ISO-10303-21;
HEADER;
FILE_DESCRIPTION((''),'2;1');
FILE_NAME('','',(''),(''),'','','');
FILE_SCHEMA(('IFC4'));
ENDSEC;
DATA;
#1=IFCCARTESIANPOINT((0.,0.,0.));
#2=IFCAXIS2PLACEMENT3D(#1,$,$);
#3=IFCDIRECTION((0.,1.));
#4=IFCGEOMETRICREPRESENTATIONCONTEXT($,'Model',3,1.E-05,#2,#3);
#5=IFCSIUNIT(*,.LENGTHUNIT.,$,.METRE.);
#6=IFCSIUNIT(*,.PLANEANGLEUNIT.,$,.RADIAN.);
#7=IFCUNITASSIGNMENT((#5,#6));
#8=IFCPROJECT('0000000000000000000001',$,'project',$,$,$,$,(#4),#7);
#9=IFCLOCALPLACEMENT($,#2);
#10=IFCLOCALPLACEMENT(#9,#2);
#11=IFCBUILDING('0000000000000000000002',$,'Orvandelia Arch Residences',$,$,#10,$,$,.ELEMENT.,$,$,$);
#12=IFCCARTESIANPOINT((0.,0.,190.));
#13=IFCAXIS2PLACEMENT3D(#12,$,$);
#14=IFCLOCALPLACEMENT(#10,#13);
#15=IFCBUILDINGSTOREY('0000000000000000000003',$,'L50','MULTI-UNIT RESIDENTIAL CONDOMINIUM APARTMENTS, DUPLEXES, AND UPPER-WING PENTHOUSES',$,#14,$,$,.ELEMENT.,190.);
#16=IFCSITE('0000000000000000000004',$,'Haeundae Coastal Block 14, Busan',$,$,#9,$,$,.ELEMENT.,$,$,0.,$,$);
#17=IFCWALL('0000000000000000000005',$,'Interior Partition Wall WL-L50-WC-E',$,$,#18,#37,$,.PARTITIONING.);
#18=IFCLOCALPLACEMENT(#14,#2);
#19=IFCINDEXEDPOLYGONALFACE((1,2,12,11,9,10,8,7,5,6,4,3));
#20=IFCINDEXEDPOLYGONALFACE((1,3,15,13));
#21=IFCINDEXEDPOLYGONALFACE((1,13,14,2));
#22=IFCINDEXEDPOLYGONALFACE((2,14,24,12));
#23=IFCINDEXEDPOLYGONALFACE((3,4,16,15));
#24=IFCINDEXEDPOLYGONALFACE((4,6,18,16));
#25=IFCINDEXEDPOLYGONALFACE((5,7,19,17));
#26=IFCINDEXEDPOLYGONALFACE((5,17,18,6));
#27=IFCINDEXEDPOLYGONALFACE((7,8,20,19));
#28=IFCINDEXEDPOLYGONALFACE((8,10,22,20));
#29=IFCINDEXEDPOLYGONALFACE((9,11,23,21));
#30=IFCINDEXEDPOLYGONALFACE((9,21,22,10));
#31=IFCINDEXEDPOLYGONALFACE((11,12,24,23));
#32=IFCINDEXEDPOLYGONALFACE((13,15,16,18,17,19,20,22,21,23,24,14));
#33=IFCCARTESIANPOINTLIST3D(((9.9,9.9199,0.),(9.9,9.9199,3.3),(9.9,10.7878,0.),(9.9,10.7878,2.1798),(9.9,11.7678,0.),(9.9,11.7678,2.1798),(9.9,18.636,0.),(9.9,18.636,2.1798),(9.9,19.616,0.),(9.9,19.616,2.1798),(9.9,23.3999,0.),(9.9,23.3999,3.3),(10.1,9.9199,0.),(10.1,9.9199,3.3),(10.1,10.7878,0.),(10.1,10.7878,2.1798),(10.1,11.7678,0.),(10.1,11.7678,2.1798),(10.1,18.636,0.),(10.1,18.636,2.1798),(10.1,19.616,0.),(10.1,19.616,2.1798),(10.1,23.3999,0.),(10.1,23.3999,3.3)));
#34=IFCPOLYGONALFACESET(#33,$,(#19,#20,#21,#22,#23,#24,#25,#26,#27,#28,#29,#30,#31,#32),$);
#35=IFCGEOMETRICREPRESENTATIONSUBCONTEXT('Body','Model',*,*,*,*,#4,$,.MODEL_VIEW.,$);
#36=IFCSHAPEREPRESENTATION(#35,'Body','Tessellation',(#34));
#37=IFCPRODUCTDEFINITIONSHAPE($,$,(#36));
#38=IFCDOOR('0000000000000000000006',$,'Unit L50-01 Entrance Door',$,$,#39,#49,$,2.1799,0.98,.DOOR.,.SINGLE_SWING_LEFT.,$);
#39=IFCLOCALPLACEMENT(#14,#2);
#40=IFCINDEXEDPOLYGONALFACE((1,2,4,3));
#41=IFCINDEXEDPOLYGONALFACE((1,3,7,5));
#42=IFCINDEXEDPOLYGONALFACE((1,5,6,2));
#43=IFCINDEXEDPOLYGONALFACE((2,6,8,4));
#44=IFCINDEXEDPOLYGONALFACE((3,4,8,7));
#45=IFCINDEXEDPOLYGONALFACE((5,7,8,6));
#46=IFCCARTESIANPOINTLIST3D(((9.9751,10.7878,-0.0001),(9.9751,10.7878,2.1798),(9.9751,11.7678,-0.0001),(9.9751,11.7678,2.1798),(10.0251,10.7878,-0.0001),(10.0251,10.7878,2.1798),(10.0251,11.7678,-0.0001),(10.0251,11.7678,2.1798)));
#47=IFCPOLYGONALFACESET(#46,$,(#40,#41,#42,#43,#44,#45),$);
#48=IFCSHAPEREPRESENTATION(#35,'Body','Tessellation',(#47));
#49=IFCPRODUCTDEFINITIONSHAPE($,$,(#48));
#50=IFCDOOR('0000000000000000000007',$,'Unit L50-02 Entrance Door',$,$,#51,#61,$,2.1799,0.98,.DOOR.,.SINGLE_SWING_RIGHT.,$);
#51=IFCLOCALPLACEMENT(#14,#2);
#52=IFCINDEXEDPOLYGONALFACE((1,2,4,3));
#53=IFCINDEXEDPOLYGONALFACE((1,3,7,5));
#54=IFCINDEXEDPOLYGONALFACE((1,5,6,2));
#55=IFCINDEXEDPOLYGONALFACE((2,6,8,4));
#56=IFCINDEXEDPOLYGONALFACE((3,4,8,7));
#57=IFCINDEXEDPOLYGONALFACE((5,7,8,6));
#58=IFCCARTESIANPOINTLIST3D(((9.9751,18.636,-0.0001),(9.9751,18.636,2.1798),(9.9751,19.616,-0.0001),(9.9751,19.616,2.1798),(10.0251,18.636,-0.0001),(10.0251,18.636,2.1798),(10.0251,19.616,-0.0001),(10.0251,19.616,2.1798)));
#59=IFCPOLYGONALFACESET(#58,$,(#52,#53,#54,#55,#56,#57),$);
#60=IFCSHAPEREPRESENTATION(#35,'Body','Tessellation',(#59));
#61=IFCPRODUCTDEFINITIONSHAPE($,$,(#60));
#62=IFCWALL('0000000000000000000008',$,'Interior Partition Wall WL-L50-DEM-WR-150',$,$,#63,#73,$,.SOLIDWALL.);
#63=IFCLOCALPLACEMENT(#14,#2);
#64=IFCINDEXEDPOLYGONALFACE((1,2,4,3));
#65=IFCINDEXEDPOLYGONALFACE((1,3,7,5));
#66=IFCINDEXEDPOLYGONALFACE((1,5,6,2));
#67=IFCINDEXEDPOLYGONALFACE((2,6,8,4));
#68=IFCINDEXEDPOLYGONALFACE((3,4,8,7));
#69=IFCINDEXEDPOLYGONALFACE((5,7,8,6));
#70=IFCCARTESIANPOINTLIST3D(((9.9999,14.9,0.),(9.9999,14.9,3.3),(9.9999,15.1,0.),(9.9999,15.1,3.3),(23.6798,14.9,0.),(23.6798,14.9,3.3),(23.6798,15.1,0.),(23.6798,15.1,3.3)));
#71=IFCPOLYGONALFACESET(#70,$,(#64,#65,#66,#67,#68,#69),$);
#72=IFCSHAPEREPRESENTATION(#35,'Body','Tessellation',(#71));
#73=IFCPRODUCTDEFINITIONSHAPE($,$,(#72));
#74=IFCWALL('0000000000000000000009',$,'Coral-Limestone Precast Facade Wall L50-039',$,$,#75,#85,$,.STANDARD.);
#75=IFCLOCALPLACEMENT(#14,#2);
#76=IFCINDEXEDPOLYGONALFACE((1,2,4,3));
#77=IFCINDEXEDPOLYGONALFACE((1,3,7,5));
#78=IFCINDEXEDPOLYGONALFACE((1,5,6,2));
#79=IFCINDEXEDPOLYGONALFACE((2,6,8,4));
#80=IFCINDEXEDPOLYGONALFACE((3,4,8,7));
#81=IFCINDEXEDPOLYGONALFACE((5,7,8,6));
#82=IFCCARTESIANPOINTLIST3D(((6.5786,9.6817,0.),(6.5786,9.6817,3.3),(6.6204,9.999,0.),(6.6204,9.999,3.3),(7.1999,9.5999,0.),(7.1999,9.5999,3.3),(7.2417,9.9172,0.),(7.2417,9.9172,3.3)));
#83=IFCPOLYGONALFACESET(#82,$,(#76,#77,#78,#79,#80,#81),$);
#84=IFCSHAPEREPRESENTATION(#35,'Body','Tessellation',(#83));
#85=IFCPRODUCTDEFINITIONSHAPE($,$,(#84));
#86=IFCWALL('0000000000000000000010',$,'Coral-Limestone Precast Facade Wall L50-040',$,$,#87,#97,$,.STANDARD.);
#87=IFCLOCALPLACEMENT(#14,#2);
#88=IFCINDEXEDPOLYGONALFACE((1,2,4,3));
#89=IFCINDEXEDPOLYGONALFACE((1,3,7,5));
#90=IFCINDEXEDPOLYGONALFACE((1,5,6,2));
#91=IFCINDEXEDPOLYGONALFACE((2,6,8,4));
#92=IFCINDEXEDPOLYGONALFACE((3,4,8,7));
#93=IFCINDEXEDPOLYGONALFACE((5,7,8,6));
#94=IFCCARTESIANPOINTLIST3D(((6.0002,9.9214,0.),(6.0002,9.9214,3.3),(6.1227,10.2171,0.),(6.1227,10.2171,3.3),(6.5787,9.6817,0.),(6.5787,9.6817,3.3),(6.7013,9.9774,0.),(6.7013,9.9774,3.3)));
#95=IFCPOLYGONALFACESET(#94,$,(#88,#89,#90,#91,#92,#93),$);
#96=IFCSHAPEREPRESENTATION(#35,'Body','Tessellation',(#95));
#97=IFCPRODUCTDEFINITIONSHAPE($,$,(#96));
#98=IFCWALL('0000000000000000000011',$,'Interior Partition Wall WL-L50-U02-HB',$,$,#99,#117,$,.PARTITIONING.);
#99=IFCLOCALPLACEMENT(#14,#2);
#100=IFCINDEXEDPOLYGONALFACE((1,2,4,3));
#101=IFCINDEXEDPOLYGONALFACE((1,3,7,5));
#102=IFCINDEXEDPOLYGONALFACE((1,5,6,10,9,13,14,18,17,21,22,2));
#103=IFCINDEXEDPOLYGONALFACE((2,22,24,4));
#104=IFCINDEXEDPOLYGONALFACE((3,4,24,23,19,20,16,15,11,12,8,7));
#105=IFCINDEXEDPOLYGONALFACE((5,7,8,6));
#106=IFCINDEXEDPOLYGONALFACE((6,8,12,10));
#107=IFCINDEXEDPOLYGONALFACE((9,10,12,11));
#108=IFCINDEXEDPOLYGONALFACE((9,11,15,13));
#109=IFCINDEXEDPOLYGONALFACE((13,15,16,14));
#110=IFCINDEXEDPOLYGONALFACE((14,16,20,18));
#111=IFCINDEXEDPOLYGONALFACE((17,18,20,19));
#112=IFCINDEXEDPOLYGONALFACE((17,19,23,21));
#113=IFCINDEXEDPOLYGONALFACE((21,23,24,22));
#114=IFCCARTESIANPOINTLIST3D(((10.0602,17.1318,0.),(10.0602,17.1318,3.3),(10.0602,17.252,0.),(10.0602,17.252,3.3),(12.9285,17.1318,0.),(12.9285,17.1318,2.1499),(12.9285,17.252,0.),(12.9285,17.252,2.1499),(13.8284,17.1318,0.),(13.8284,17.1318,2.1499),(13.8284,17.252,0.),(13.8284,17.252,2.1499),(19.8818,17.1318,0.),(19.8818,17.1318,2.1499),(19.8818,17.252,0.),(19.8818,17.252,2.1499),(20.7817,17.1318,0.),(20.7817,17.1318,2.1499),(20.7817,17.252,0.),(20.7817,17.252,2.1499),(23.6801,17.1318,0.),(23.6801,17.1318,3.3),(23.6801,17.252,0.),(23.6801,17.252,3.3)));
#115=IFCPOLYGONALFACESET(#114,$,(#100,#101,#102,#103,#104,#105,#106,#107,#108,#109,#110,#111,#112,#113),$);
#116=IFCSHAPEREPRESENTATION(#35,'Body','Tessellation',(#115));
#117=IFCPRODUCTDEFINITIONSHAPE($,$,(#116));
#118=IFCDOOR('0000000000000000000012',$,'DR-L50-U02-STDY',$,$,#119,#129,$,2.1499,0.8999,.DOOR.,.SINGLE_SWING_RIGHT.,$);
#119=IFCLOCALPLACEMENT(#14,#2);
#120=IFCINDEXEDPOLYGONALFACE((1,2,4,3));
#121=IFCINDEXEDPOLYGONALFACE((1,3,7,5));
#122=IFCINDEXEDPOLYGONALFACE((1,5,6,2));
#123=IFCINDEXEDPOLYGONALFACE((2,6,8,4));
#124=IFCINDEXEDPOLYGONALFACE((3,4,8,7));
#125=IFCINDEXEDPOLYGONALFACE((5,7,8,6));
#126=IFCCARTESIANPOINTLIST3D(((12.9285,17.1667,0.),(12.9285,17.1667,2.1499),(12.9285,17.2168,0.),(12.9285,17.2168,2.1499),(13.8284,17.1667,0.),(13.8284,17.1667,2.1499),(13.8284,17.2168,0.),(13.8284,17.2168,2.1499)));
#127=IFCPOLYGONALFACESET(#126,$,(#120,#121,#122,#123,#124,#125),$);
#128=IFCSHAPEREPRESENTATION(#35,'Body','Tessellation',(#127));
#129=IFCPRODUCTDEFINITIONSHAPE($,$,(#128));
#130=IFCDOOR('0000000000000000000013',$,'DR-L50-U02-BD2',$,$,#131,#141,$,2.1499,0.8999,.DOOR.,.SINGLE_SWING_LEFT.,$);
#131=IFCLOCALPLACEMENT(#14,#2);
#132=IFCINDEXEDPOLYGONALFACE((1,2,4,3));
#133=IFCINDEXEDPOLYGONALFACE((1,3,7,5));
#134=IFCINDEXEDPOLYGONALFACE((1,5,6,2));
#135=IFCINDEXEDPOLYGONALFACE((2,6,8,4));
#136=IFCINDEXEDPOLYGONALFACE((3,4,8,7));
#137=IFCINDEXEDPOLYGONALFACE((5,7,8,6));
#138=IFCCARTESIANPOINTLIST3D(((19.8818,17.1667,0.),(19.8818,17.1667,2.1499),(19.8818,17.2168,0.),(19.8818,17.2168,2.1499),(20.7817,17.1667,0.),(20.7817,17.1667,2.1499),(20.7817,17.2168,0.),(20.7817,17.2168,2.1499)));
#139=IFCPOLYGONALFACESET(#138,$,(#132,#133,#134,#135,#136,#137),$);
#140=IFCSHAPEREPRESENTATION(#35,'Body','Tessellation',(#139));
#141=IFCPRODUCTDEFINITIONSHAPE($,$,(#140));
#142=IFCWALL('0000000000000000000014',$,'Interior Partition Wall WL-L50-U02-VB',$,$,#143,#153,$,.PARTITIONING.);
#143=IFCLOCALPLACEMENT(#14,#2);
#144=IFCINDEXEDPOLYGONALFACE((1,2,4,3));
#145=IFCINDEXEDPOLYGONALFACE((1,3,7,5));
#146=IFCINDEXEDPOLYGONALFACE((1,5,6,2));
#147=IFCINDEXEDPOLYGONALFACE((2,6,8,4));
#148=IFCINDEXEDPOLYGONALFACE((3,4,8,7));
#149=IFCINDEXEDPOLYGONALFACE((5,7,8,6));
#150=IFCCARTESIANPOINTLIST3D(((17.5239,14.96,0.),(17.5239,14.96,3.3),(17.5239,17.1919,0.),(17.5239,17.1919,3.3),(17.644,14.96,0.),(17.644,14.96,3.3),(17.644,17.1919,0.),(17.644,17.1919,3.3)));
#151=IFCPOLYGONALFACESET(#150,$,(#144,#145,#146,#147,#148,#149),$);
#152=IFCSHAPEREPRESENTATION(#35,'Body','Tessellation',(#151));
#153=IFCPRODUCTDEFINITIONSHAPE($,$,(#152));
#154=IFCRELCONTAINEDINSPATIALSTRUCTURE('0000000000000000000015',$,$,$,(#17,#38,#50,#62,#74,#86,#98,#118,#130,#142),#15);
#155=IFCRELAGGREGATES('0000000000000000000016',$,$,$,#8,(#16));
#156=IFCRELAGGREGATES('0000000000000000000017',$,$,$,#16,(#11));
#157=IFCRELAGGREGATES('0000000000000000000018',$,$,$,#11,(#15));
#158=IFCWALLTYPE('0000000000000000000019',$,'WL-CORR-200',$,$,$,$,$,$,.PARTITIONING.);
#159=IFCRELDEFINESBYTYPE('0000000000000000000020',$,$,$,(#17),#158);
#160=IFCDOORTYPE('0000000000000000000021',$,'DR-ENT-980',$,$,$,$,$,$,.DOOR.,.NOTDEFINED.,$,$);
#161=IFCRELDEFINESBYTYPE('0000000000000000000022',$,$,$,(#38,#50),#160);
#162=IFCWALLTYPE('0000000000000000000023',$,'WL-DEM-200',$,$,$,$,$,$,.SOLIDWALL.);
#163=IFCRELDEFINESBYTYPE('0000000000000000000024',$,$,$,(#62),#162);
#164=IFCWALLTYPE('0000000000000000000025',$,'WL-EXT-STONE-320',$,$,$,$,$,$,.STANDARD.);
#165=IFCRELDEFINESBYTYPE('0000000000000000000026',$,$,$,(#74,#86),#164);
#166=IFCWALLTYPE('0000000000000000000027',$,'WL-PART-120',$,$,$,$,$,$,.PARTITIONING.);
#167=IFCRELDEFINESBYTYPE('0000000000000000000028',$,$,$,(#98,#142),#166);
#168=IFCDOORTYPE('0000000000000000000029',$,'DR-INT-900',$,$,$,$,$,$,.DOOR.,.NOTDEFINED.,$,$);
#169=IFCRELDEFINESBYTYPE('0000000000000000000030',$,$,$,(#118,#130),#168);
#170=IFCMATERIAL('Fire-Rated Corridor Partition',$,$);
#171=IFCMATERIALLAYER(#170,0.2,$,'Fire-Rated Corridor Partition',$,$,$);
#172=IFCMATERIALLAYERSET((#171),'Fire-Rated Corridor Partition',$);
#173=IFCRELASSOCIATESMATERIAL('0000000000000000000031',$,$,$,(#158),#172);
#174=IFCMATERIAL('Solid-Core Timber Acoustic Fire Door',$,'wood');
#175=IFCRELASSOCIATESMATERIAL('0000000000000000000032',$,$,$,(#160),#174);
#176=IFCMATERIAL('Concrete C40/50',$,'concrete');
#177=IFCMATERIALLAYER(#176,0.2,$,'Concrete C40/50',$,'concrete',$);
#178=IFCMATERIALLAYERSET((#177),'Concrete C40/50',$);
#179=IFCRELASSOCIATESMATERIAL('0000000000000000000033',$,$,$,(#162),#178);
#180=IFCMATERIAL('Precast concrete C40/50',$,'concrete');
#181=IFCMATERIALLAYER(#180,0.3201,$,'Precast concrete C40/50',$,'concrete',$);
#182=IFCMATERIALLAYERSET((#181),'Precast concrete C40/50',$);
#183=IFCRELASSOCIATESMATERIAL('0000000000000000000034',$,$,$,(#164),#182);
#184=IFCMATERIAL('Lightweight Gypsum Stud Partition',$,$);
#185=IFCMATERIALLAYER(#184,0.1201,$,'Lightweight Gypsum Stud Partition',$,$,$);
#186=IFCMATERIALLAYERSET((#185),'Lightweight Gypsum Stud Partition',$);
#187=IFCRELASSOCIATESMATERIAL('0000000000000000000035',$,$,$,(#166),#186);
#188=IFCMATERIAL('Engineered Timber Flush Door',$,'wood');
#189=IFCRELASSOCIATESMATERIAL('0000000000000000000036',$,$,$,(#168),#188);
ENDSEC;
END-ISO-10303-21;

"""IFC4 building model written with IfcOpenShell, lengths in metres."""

from ifc_helpers import new_model, si_unit, direction, frame, frame_2d, origin, place, context, subcontext, project, spatial, rectangle, extrude, material, layer, layer_set, type_object, element, fill, save


model = new_model("IFC4")

# Units and contexts
model_context = context("Model", 3, precision=1e-05, world=origin(), true_north=direction((0.0, 1.0)))
body_context = subcontext(model_context, "Body", "Model", "MODEL_VIEW")
ifc_project = project(units=[si_unit("LENGTHUNIT", "METRE"), si_unit("PLANEANGLEUNIT", "RADIAN")], contexts=[model_context])

# Site, building, storey
site_placement = place(None, origin())
site = spatial("IfcSite", under=ifc_project, at=site_placement, Name="Haeundae Coastal Block 14, Busan", CompositionType="ELEMENT", RefElevation=0.0)
building_placement = place(site_placement, origin())
building = spatial("IfcBuilding", under=site, at=building_placement, Name="Orvandelia Arch Residences", CompositionType="ELEMENT")
storey_placement = place(building_placement, frame((0.0, 0.0, 190.0)))
storey = spatial("IfcBuildingStorey", under=building, at=storey_placement, Name="L50", Description="MULTI-UNIT RESIDENTIAL CONDOMINIUM APARTMENTS, DUPLEXES, AND UPPER-WING PENTHOUSES", CompositionType="ELEMENT", Elevation=190.0)

# Wall, openings, doors
ifc_material_1 = material(Name="Fire-Rated Corridor Partition")
ifc_layer_1 = layer(ifc_material_1, 0.2, Name="Fire-Rated Corridor Partition")
ifc_layer_set_1 = layer_set([ifc_layer_1], Name="Fire-Rated Corridor Partition")
wall_type_1 = type_object("IfcWallType", Name="WL-CORR-200", PredefinedType="PARTITIONING", material=ifc_layer_set_1)
wall_1_placement = place(storey_placement, frame((10.0, 9.9199, 0.0), z_axis=(0.0, 0.0, 1.0), x_axis=(0.0, 1.0, 0.0)))
wall_1 = element("IfcWall", 1, at=wall_1_placement, inside=storey, type_object=wall_type_1, Name="Interior Partition Wall WL-L50-WC-E", PredefinedType="PARTITIONING", context=body_context, shape_type="SweptSolid", body=[
    extrude(rectangle(XDim=13.48, YDim=0.2, at=frame_2d((6.74, 0.0))), origin(), (0.0, 0.0, 1.0), 3.3),
])
opening_1_placement = place(wall_1_placement, frame((0.8679, 0.0, 0.0)))
opening_1 = element("IfcOpeningElement", 2, at=opening_1_placement, cuts=wall_1, PredefinedType="OPENING", context=body_context, shape_type="SweptSolid", body=[
    extrude(rectangle(XDim=0.98, YDim=2.1799, at=frame_2d((0.49, 1.0898))), frame((0.0, 0.1099, 0.0), z_axis=(0.0, -1.0, 0.0), x_axis=(1.0, 0.0, 0.0)), (0.0, 0.0, 1.0), 0.22),
])
opening_2_placement = place(wall_1_placement, frame((8.7161, 0.0, 0.0)))
opening_2 = element("IfcOpeningElement", 3, at=opening_2_placement, cuts=wall_1, PredefinedType="OPENING", context=body_context, shape_type="SweptSolid", body=[
    extrude(rectangle(XDim=0.98, YDim=2.1799, at=frame_2d((0.49, 1.0898))), frame((0.0, 0.1099, 0.0), z_axis=(0.0, -1.0, 0.0), x_axis=(1.0, 0.0, 0.0)), (0.0, 0.0, 1.0), 0.22),
])
ifc_material_2 = material(Name="Solid-Core Timber Acoustic Fire Door", Category="wood")
door_type_1 = type_object("IfcDoorType", Name="DR-ENT-980", OperationType="NOTDEFINED", PredefinedType="DOOR", material=ifc_material_2)
door_1_placement = place(opening_1_placement, origin())
door_1 = element("IfcDoor", 4, at=door_1_placement, inside=storey, type_object=door_type_1, Name="Unit L50-01 Entrance Door", OperationType="SINGLE_SWING_LEFT", OverallHeight=2.1799, OverallWidth=0.98, PredefinedType="DOOR", context=body_context, shape_type="SweptSolid", body=[
    extrude(rectangle(XDim=0.98, YDim=2.1799, at=frame_2d((0.49, 1.0898))), frame((0.0, 0.0249, 0.0), z_axis=(0.0, -1.0, 0.0), x_axis=(1.0, 0.0, 0.0)), (0.0, 0.0, 1.0), 0.05),
])
fill(opening_1, door_1)
door_2_placement = place(opening_2_placement, origin())
door_2 = element("IfcDoor", 5, at=door_2_placement, inside=storey, type_object=door_type_1, Name="Unit L50-02 Entrance Door", OperationType="SINGLE_SWING_RIGHT", OverallHeight=2.1799, OverallWidth=0.98, PredefinedType="DOOR", context=body_context, shape_type="SweptSolid", body=[
    extrude(rectangle(XDim=0.98, YDim=2.1799, at=frame_2d((0.49, 1.0898))), frame((0.0, 0.0249, 0.0), z_axis=(0.0, -1.0, 0.0), x_axis=(1.0, 0.0, 0.0)), (0.0, 0.0, 1.0), 0.05),
])
fill(opening_2, door_2)

# Walls
ifc_material_3 = material(Name="Concrete C40/50", Category="concrete")
ifc_layer_2 = layer(ifc_material_3, 0.2, Name="Concrete C40/50", Category="concrete")
ifc_layer_set_2 = layer_set([ifc_layer_2], Name="Concrete C40/50")
wall_type_2 = type_object("IfcWallType", Name="WL-DEM-200", PredefinedType="SOLIDWALL", material=ifc_layer_set_2)
wall_2_placement = place(storey_placement, frame((10.0, 15.0, 0.0), z_axis=(0.0, 0.0, 1.0), x_axis=(1.0, 0.0, 0.0)))
element("IfcWall", 6, at=wall_2_placement, inside=storey, type_object=wall_type_2, Name="Interior Partition Wall WL-L50-DEM-WR-150", PredefinedType="SOLIDWALL", context=body_context, shape_type="SweptSolid", body=[
    extrude(rectangle(XDim=13.6799, YDim=0.2, at=frame_2d((6.8398, 0.0))), origin(), (0.0, 0.0, 1.0), 3.3),
])
ifc_material_4 = material(Name="Precast concrete C40/50", Category="concrete")
ifc_layer_3 = layer(ifc_material_4, 0.3201, Name="Precast concrete C40/50", Category="concrete")
ifc_layer_set_3 = layer_set([ifc_layer_3], Name="Precast concrete C40/50")
wall_type_3 = type_object("IfcWallType", Name="WL-EXT-STONE-320", PredefinedType="STANDARD", material=ifc_layer_set_3)
wall_3_placement = place(storey_placement, frame((7.2209, 9.7585, 0.0), z_axis=(0.0, 0.0, 1.0), x_axis=(-0.991448, 0.130505, 0.0)))
element("IfcWall", 7, at=wall_3_placement, inside=storey, type_object=wall_type_3, Name="Coral-Limestone Precast Facade Wall L50-039", PredefinedType="STANDARD", context=body_context, shape_type="SweptSolid", body=[
    extrude(rectangle(XDim=0.6267, YDim=0.3201, at=frame_2d((0.3135, 0.0))), origin(), (0.0, 0.0, 1.0), 3.3),
])
wall_4_placement = place(storey_placement, frame((6.6399, 9.8296, 0.0), z_axis=(0.0, 0.0, 1.0), x_axis=(-0.923836, 0.382788, 0.0)))
element("IfcWall", 8, at=wall_4_placement, inside=storey, type_object=wall_type_3, Name="Coral-Limestone Precast Facade Wall L50-040", PredefinedType="STANDARD", context=body_context, shape_type="SweptSolid", body=[
    extrude(rectangle(XDim=0.6262, YDim=0.3201, at=frame_2d((0.313, 0.0))), origin(), (0.0, 0.0, 1.0), 3.3),
])

# Wall, openings, doors
ifc_material_5 = material(Name="Lightweight Gypsum Stud Partition")
ifc_layer_4 = layer(ifc_material_5, 0.1201, Name="Lightweight Gypsum Stud Partition")
ifc_layer_set_4 = layer_set([ifc_layer_4], Name="Lightweight Gypsum Stud Partition")
wall_type_4 = type_object("IfcWallType", Name="WL-PART-120", PredefinedType="PARTITIONING", material=ifc_layer_set_4)
wall_5_placement = place(storey_placement, frame((10.0601, 17.1919, 0.0), z_axis=(0.0, 0.0, 1.0), x_axis=(1.0, 0.0, 0.0)))
wall_5 = element("IfcWall", 9, at=wall_5_placement, inside=storey, type_object=wall_type_4, Name="Interior Partition Wall WL-L50-U02-HB", PredefinedType="PARTITIONING", context=body_context, shape_type="SweptSolid", body=[
    extrude(rectangle(XDim=13.6199, YDim=0.1201, at=frame_2d((6.8101, 0.0))), origin(), (0.0, 0.0, 1.0), 3.3),
])
opening_3_placement = place(wall_5_placement, frame((2.8684, 0.0, 0.0)))
opening_3 = element("IfcOpeningElement", 10, at=opening_3_placement, cuts=wall_5, PredefinedType="OPENING", context=body_context, shape_type="SweptSolid", body=[
    extrude(rectangle(XDim=0.8999, YDim=2.1499, at=frame_2d((0.45, 1.075))), frame((0.0, 0.0701, 0.0), z_axis=(0.0, -1.0, 0.0), x_axis=(1.0, 0.0, 0.0)), (0.0, 0.0, 1.0), 0.1401),
])
opening_4_placement = place(wall_5_placement, frame((9.8218, 0.0, 0.0)))
opening_4 = element("IfcOpeningElement", 11, at=opening_4_placement, cuts=wall_5, PredefinedType="OPENING", context=body_context, shape_type="SweptSolid", body=[
    extrude(rectangle(XDim=0.8999, YDim=2.1499, at=frame_2d((0.45, 1.075))), frame((0.0, 0.0701, 0.0), z_axis=(0.0, -1.0, 0.0), x_axis=(1.0, 0.0, 0.0)), (0.0, 0.0, 1.0), 0.1401),
])
ifc_material_6 = material(Name="Engineered Timber Flush Door", Category="wood")
door_type_2 = type_object("IfcDoorType", Name="DR-INT-900", OperationType="NOTDEFINED", PredefinedType="DOOR", material=ifc_material_6)
door_3_placement = place(opening_3_placement, origin())
door_3 = element("IfcDoor", 12, at=door_3_placement, inside=storey, type_object=door_type_2, Name="DR-L50-U02-STDY", OperationType="SINGLE_SWING_RIGHT", OverallHeight=2.1499, OverallWidth=0.8999, PredefinedType="DOOR", context=body_context, shape_type="SweptSolid", body=[
    extrude(rectangle(XDim=0.8999, YDim=2.1499, at=frame_2d((0.45, 1.075))), frame((0.0, 0.0249, 0.0), z_axis=(0.0, -1.0, 0.0), x_axis=(1.0, 0.0, 0.0)), (0.0, 0.0, 1.0), 0.05),
])
fill(opening_3, door_3)
door_4_placement = place(opening_4_placement, origin())
door_4 = element("IfcDoor", 13, at=door_4_placement, inside=storey, type_object=door_type_2, Name="DR-L50-U02-BD2", OperationType="SINGLE_SWING_LEFT", OverallHeight=2.1499, OverallWidth=0.8999, PredefinedType="DOOR", context=body_context, shape_type="SweptSolid", body=[
    extrude(rectangle(XDim=0.8999, YDim=2.1499, at=frame_2d((0.45, 1.075))), frame((0.0, 0.0249, 0.0), z_axis=(0.0, -1.0, 0.0), x_axis=(1.0, 0.0, 0.0)), (0.0, 0.0, 1.0), 0.05),
])
fill(opening_4, door_4)

# Wall
wall_6_placement = place(storey_placement, frame((17.584, 14.96, 0.0), z_axis=(0.0, 0.0, 1.0), x_axis=(0.0, 1.0, 0.0)))
element("IfcWall", 14, at=wall_6_placement, inside=storey, type_object=wall_type_4, Name="Interior Partition Wall WL-L50-U02-VB", PredefinedType="PARTITIONING", context=body_context, shape_type="SweptSolid", body=[
    extrude(rectangle(XDim=2.2319, YDim=0.1201, at=frame_2d((1.116, 0.0))), origin(), (0.0, 0.0, 1.0), 3.3),
])

save(model, "model.ifc")
